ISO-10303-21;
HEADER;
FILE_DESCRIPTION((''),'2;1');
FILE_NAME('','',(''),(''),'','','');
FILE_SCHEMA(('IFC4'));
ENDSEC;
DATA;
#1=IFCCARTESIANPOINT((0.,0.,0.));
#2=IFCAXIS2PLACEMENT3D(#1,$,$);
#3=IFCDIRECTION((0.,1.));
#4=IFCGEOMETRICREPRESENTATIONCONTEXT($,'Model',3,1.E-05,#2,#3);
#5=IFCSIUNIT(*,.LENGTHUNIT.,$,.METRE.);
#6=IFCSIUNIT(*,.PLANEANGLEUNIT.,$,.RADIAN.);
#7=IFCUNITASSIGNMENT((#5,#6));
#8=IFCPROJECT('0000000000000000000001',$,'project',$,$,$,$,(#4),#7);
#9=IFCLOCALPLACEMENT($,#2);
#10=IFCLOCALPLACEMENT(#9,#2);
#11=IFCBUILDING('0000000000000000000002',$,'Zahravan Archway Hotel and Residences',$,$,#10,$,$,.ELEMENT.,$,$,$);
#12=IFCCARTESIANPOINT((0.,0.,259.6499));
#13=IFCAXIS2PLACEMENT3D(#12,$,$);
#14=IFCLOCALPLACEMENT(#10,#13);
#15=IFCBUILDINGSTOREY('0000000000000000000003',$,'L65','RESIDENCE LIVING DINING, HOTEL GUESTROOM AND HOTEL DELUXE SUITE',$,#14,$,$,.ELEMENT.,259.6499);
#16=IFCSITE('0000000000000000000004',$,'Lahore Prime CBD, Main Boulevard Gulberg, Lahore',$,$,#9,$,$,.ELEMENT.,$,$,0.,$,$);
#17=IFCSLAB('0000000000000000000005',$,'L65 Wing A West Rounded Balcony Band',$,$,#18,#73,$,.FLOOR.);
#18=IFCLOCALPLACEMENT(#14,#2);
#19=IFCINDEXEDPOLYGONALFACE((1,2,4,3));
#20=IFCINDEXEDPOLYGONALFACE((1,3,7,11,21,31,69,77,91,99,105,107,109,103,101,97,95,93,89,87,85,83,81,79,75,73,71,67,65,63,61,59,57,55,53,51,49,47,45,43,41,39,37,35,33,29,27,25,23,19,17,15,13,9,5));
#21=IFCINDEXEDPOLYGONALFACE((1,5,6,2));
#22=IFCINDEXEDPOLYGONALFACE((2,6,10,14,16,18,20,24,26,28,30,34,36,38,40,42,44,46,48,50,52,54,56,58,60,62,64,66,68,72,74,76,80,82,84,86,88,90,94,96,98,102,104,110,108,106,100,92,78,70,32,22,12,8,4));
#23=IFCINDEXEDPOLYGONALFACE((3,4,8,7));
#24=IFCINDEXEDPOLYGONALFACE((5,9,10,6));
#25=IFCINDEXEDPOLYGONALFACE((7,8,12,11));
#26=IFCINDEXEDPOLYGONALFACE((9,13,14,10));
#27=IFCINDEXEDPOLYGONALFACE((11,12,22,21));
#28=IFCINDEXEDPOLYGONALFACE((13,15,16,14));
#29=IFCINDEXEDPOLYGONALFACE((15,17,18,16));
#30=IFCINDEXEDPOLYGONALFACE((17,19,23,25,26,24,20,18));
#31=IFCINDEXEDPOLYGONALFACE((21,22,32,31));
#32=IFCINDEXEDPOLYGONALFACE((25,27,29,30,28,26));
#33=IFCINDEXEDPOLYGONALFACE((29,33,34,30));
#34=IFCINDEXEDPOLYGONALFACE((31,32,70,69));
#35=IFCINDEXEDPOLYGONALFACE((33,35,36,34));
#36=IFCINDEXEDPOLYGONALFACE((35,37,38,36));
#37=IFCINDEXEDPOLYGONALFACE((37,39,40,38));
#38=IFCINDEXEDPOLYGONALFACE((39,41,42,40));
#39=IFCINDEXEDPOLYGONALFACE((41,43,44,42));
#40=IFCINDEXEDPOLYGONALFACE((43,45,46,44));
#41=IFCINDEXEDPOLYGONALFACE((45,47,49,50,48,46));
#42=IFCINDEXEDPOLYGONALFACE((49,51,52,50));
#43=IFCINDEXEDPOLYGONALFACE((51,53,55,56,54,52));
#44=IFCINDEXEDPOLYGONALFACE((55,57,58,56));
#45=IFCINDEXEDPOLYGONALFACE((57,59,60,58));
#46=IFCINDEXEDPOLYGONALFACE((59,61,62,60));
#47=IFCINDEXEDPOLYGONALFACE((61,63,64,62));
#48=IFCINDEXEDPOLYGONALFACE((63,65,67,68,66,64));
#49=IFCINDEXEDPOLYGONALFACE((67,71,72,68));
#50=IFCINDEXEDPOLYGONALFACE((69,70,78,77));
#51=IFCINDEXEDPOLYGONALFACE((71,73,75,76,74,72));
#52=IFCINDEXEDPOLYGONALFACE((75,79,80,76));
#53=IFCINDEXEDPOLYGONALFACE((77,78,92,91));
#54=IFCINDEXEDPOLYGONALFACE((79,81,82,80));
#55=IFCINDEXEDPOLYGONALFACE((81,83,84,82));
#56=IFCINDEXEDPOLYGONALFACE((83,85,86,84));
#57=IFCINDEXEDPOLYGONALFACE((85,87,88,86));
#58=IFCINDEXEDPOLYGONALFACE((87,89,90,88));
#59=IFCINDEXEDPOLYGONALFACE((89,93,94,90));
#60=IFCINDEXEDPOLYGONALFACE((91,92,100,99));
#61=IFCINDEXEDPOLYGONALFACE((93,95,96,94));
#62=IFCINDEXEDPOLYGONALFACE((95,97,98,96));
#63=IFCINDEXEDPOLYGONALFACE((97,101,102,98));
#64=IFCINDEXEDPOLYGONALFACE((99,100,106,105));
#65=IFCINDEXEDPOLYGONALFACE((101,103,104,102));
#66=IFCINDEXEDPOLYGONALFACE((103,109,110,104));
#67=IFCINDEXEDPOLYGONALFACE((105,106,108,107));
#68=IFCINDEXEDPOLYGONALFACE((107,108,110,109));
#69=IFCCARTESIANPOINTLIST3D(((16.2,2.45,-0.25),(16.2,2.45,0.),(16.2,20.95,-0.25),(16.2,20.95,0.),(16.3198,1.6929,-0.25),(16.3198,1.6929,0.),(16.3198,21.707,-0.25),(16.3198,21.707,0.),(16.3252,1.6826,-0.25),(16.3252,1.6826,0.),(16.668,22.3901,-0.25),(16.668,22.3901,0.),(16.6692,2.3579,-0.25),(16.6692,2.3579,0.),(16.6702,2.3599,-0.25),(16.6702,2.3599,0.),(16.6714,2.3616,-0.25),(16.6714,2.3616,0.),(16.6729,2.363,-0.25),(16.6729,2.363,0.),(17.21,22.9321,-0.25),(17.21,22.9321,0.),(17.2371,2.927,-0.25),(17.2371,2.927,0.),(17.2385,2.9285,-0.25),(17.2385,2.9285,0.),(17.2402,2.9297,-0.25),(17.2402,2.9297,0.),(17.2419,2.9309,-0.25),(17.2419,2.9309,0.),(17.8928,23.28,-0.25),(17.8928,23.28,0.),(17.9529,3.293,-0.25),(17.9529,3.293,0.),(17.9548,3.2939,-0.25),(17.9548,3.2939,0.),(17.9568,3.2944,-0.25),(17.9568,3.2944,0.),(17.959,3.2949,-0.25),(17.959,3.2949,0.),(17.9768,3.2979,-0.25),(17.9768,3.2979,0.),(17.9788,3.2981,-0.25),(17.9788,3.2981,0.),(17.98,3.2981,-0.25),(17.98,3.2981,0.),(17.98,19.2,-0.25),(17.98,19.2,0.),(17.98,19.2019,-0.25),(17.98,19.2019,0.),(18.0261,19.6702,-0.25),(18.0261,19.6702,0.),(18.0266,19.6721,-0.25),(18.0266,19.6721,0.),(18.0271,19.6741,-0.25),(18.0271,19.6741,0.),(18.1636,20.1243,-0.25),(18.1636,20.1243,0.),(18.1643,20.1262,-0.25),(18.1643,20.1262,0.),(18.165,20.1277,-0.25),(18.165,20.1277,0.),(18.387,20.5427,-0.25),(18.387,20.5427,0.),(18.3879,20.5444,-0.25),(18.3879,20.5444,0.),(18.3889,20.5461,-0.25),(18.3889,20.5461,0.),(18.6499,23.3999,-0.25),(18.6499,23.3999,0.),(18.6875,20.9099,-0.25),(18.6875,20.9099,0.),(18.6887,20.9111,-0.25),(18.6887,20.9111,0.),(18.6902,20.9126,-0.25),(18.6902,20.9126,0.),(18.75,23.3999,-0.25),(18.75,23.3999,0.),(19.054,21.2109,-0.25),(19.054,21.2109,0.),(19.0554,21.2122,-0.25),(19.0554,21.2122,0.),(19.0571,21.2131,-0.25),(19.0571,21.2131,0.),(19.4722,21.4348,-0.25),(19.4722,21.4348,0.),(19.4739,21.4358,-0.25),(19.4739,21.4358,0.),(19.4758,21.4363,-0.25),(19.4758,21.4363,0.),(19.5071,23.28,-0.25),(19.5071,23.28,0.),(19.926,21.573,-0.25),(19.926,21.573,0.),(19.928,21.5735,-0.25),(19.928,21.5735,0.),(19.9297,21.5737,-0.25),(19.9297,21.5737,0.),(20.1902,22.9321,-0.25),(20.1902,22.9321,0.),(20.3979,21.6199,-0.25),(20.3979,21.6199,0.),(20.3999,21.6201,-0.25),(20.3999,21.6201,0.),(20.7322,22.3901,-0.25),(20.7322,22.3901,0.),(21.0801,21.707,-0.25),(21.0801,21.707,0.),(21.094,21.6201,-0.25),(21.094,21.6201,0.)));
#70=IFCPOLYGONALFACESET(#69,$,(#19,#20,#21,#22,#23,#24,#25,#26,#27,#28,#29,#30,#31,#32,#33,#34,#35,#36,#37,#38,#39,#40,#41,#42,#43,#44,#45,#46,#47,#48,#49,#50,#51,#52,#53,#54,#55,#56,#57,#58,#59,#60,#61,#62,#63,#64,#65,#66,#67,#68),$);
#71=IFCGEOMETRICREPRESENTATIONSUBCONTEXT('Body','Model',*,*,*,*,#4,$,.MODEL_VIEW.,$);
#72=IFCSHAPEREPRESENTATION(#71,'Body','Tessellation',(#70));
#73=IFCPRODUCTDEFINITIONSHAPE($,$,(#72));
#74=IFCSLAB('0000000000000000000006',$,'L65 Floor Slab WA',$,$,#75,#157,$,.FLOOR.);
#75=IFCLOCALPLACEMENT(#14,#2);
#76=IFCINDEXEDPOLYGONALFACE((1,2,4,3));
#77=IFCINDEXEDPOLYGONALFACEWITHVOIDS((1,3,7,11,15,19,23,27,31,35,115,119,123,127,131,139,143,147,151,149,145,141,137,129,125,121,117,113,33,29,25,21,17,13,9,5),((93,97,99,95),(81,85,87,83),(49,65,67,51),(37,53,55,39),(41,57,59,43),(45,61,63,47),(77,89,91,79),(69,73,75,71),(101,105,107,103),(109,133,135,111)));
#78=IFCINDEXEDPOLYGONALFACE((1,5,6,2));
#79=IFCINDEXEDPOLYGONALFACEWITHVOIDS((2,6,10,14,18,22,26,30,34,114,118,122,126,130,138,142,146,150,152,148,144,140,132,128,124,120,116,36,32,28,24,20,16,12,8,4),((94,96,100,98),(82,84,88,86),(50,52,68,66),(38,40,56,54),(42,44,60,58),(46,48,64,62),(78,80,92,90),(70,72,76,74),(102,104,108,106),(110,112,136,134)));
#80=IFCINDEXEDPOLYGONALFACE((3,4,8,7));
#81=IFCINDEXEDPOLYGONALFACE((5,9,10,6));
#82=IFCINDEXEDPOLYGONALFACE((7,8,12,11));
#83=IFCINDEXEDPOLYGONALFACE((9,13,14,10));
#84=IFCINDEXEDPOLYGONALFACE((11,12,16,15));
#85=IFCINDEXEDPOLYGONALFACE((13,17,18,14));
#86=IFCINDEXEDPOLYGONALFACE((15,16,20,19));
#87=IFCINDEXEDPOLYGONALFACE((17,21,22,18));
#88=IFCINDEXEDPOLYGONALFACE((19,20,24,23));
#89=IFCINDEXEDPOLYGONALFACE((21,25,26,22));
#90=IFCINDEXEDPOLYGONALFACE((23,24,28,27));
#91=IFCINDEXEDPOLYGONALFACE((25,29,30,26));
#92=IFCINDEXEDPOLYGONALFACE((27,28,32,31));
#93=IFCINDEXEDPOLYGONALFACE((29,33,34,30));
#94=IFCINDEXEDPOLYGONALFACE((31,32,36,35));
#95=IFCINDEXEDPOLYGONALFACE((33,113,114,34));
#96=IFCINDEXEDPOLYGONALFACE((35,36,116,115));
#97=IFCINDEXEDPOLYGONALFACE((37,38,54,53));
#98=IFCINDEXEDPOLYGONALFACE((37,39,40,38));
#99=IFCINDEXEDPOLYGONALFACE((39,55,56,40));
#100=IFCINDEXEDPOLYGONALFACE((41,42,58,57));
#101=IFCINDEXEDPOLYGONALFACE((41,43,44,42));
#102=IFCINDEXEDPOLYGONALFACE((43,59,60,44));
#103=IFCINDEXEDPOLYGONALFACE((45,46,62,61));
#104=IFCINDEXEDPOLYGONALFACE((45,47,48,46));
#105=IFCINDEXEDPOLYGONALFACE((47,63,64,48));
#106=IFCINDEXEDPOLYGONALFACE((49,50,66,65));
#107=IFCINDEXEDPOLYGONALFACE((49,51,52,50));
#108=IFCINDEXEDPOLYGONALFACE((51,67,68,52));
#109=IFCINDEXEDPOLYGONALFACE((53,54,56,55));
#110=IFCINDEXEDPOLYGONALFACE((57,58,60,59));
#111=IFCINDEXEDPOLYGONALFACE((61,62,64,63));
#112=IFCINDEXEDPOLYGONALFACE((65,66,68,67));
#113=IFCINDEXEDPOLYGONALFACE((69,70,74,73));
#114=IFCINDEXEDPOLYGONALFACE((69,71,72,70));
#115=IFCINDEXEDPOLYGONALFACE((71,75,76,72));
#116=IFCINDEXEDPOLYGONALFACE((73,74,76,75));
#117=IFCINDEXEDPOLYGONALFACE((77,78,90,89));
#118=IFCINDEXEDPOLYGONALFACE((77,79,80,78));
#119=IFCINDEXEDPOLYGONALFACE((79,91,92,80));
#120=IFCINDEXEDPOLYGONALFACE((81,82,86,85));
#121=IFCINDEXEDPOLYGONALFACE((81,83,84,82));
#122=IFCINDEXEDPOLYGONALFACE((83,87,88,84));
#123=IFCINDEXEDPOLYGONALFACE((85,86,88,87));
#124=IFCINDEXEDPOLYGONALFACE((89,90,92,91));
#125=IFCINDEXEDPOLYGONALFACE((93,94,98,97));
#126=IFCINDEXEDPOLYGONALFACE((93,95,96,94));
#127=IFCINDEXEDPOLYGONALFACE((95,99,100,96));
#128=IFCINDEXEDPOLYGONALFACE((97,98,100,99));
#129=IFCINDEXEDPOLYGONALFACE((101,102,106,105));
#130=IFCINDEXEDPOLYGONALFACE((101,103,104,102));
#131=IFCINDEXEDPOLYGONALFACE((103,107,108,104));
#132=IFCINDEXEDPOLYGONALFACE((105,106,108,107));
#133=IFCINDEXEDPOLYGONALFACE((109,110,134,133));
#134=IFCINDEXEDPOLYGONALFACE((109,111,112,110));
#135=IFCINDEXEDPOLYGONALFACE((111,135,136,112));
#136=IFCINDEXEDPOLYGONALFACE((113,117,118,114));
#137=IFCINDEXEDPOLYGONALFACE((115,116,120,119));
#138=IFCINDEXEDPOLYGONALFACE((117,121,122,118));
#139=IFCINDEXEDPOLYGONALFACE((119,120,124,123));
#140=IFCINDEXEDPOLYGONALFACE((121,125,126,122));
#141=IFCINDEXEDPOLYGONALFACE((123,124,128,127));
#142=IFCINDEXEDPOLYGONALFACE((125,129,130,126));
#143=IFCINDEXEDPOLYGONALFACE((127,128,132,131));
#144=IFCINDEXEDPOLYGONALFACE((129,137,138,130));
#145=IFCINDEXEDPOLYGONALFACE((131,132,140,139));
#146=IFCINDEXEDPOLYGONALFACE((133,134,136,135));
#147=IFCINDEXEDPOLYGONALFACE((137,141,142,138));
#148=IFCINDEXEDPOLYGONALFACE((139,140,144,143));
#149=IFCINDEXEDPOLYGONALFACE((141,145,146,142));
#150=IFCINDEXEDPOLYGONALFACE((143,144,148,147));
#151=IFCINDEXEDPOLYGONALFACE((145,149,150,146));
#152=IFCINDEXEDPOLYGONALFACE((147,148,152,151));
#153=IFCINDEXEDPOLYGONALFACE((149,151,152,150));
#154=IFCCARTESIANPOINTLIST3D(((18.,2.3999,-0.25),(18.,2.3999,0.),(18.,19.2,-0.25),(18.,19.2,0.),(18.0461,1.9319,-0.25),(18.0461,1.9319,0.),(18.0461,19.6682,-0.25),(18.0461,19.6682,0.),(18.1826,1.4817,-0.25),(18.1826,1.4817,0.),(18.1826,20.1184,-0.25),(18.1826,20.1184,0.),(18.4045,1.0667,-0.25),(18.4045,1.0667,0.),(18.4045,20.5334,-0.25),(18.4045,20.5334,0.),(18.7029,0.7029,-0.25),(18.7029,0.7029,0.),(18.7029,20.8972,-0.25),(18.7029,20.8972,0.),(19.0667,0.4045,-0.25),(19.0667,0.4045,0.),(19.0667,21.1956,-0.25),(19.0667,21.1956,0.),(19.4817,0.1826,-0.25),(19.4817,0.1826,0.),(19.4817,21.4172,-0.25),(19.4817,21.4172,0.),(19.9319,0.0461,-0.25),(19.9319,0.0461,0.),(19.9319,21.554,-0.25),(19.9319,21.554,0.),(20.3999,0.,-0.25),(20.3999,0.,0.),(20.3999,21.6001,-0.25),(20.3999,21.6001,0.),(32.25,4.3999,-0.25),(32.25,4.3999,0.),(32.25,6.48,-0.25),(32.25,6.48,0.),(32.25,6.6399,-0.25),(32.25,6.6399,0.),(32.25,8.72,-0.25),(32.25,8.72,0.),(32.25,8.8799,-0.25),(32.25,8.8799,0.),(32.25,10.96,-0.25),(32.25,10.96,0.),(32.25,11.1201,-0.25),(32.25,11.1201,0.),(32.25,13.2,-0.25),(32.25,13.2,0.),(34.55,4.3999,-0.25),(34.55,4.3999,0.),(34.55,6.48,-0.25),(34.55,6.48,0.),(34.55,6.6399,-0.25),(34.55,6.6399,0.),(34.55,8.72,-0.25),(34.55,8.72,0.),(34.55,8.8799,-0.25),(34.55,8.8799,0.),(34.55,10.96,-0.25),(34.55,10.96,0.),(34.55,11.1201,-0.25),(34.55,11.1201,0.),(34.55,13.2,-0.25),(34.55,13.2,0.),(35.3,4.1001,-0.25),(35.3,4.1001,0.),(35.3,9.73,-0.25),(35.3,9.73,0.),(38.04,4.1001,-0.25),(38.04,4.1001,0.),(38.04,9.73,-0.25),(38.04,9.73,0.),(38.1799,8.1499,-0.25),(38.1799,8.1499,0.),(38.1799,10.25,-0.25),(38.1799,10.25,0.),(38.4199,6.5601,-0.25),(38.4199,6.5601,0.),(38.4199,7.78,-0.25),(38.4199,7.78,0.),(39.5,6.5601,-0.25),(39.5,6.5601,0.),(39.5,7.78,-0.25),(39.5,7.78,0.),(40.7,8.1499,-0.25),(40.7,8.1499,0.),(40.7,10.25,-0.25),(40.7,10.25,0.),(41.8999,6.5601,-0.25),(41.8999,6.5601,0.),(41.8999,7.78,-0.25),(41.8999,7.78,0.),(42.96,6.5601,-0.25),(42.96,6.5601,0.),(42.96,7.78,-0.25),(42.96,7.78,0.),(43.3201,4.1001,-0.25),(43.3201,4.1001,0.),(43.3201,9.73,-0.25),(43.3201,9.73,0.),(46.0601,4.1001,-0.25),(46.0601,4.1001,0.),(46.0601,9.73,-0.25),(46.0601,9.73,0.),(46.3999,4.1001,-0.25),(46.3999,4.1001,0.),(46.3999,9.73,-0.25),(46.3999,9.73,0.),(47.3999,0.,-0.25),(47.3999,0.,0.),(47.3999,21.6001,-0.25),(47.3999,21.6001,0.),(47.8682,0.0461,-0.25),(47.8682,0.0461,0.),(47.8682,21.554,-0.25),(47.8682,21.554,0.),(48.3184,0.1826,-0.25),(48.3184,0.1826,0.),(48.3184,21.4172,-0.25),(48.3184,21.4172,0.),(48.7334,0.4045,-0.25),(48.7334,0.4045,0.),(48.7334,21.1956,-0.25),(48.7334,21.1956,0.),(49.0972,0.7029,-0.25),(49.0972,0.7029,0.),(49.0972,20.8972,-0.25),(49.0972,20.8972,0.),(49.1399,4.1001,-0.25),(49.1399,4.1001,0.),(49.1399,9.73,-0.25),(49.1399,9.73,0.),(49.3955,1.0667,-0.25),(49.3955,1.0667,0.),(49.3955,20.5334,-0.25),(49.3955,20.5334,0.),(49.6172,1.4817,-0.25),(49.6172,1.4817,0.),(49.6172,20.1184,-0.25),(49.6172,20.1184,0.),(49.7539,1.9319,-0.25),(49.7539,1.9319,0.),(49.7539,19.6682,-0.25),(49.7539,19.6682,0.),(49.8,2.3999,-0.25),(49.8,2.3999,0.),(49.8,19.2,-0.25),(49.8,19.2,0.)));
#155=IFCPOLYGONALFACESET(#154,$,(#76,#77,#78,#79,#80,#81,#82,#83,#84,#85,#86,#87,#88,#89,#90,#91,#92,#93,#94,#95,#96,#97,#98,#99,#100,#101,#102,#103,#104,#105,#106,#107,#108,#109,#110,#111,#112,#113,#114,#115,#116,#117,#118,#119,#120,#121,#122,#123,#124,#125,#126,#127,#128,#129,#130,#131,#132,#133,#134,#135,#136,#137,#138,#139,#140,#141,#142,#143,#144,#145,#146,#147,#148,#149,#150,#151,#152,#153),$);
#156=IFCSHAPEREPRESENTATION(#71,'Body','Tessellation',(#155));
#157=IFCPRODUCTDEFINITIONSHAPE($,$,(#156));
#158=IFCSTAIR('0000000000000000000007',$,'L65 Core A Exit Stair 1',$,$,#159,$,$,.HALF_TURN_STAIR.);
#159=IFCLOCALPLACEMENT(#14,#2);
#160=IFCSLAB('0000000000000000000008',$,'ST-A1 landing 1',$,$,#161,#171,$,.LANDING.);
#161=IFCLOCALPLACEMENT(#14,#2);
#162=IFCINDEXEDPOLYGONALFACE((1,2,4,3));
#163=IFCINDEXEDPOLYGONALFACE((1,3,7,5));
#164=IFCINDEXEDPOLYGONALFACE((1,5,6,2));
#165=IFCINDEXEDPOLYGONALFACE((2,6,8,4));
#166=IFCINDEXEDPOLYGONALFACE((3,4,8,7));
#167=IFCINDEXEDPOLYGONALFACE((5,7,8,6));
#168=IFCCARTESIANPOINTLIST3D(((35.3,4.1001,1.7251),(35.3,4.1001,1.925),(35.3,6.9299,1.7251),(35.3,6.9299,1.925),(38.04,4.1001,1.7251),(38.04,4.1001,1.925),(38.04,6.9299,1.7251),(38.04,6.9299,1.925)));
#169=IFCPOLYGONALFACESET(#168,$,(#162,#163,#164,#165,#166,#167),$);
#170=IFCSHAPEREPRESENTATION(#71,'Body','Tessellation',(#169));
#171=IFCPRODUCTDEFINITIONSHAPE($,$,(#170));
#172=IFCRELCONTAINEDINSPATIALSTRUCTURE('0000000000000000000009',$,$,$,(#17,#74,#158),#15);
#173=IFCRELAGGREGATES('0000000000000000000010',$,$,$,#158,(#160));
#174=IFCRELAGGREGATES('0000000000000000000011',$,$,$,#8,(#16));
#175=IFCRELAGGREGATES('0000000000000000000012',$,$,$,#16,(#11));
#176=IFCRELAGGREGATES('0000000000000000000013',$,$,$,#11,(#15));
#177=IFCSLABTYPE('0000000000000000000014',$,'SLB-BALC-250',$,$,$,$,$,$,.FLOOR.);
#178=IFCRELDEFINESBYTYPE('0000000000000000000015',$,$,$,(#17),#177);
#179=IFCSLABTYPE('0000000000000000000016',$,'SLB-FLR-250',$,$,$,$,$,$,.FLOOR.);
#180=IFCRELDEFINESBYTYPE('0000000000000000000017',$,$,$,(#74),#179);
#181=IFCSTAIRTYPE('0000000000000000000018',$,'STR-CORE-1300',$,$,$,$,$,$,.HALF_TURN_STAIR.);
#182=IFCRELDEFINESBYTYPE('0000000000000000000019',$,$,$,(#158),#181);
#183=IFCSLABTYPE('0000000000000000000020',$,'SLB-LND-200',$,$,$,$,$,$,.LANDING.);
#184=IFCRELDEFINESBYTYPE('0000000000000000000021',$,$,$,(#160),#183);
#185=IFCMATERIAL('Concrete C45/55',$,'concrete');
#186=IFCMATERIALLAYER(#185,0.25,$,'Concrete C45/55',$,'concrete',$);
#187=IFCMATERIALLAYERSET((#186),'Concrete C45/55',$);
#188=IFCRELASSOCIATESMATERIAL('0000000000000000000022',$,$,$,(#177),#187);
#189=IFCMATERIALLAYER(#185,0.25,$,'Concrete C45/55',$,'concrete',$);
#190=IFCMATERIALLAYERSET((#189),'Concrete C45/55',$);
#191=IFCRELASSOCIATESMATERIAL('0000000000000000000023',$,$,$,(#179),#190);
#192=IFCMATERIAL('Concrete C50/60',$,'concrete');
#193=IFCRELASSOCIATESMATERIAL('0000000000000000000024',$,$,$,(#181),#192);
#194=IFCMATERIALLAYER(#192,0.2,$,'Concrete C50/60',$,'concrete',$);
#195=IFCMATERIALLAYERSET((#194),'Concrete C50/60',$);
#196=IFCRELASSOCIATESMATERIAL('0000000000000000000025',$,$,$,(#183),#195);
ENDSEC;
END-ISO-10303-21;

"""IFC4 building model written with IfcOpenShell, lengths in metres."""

from ifc_helpers import new_model, si_unit, direction, frame, origin, place, context, subcontext, project, spatial, polyline, outline, extrude, material, layer, layer_set, type_object, element, aggregate, save


model = new_model("IFC4")

# Units and contexts
model_context = context("Model", 3, precision=1e-05, world=origin(), true_north=direction((0.0, 1.0)))
body_context = subcontext(model_context, "Body", "Model", "MODEL_VIEW")
ifc_project = project(units=[si_unit("LENGTHUNIT", "METRE"), si_unit("PLANEANGLEUNIT", "RADIAN")], contexts=[model_context])

# Site, building, storey
site_placement = place(None, origin())
site = spatial("IfcSite", under=ifc_project, at=site_placement, Name="Lahore Prime CBD, Main Boulevard Gulberg, Lahore", CompositionType="ELEMENT", RefElevation=0.0)
building_placement = place(site_placement, origin())
building = spatial("IfcBuilding", under=site, at=building_placement, Name="Zahravan Archway Hotel and Residences", CompositionType="ELEMENT")
storey_placement = place(building_placement, frame((0.0, 0.0, 259.6499)))
storey = spatial("IfcBuildingStorey", under=building, at=storey_placement, Name="L65", Description="RESIDENCE LIVING DINING, HOTEL GUESTROOM AND HOTEL DELUXE SUITE", CompositionType="ELEMENT", Elevation=259.6499)

# Slabs
ifc_material_1 = material(Name="Concrete C45/55", Category="concrete")
ifc_layer_1 = layer(ifc_material_1, 0.25, Name="Concrete C45/55", Category="concrete")
ifc_layer_set_1 = layer_set([ifc_layer_1], Name="Concrete C45/55")
slab_type_1 = type_object("IfcSlabType", Name="SLB-BALC-250", PredefinedType="FLOOR", material=ifc_layer_set_1)
slab_1_placement = place(storey_placement, frame((0.0, 0.0, -0.25)))
element("IfcSlab", 1, at=slab_1_placement, inside=storey, type_object=slab_type_1, Name="L65 Wing A West Rounded Balcony Band", PredefinedType="FLOOR", context=body_context, shape_type="SweptSolid", body=[
    extrude(outline(polyline([(16.3198, 1.6929), (16.2, 2.45), (16.2, 20.95), (16.3198, 21.707), (16.668, 22.3901), (17.21, 22.9321), (17.8928, 23.28), (18.6499, 23.3999), (18.75, 23.3999), (19.5071, 23.28), (20.1902, 22.9321), (20.7322, 22.3901), (21.0801, 21.707), (21.094, 21.6201), (20.3999, 21.6201), (20.3979, 21.6199), (19.9297, 21.5737), (19.928, 21.5735), (19.926, 21.573), (19.4758, 21.4363), (19.4739, 21.4358), (19.4722, 21.4348), (19.0571, 21.2131), (19.0554, 21.2122), (19.054, 21.2109), (18.6902, 20.9126), (18.6887, 20.9111), (18.6875, 20.9099), (18.3889, 20.5461), (18.3879, 20.5444), (18.387, 20.5427), (18.165, 20.1277), (18.1643, 20.1262), (18.1636, 20.1243), (18.0271, 19.6741), (18.0266, 19.6721), (18.0261, 19.6702), (17.98, 19.2019), (17.98, 19.2), (17.98, 3.2981), (17.9788, 3.2981), (17.9768, 3.2979), (17.959, 3.2949), (17.9568, 3.2944), (17.9548, 3.2939), (17.9529, 3.293), (17.2419, 2.9309), (17.2402, 2.9297), (17.2385, 2.9285), (17.2371, 2.927), (16.6729, 2.363), (16.6714, 2.3616), (16.6702, 2.3599), (16.6692, 2.3579), (16.3252, 1.6826), (16.3198, 1.6929)])), origin(), (0.0, 0.0, 1.0), 0.25),
])
ifc_layer_2 = layer(ifc_material_1, 0.25, Name="Concrete C45/55", Category="concrete")
ifc_layer_set_2 = layer_set([ifc_layer_2], Name="Concrete C45/55")
slab_type_2 = type_object("IfcSlabType", Name="SLB-FLR-250", PredefinedType="FLOOR", material=ifc_layer_set_2)
slab_2_placement = place(storey_placement, frame((0.0, 0.0, -0.25)))
element("IfcSlab", 2, at=slab_2_placement, inside=storey, type_object=slab_type_2, Name="L65 Floor Slab WA", PredefinedType="FLOOR", context=body_context, shape_type="SweptSolid", body=[
    extrude(outline(polyline([(47.3999, 0.0), (47.8682, 0.0461), (48.3184, 0.1826), (48.7334, 0.4045), (49.0972, 0.7029), (49.3955, 1.0667), (49.6172, 1.4817), (49.7539, 1.9319), (49.8, 2.3999), (49.8, 19.2), (49.7539, 19.6682), (49.6172, 20.1184), (49.3955, 20.5334), (49.0972, 20.8972), (48.7334, 21.1956), (48.3184, 21.4172), (47.8682, 21.554), (47.3999, 21.6001), (20.3999, 21.6001), (19.9319, 21.554), (19.4817, 21.4172), (19.0667, 21.1956), (18.7029, 20.8972), (18.4045, 20.5334), (18.1826, 20.1184), (18.0461, 19.6682), (18.0, 19.2), (18.0, 2.3999), (18.0461, 1.9319), (18.1826, 1.4817), (18.4045, 1.0667), (18.7029, 0.7029), (19.0667, 0.4045), (19.4817, 0.1826), (19.9319, 0.0461), (20.3999, 0.0), (47.3999, 0.0)]), holes=[polyline([(35.3, 9.73), (35.3, 4.1001), (38.04, 4.1001), (38.04, 9.73), (35.3, 9.73)]), polyline([(43.3201, 9.73), (43.3201, 4.1001), (46.0601, 4.1001), (46.0601, 9.73), (43.3201, 9.73)]), polyline([(46.3999, 9.73), (46.3999, 4.1001), (49.1399, 4.1001), (49.1399, 9.73), (46.3999, 9.73)]), polyline([(38.1799, 8.1499), (40.7, 8.1499), (40.7, 10.25), (38.1799, 10.25), (38.1799, 8.1499)]), polyline([(32.25, 4.3999), (34.55, 4.3999), (34.55, 6.48), (32.25, 6.48), (32.25, 4.3999)]), polyline([(32.25, 6.6399), (34.55, 6.6399), (34.55, 8.72), (32.25, 8.72), (32.25, 6.6399)]), polyline([(32.25, 8.8799), (34.55, 8.8799), (34.55, 10.96), (32.25, 10.96), (32.25, 8.8799)]), polyline([(32.25, 11.1201), (34.55, 11.1201), (34.55, 13.2), (32.25, 13.2), (32.25, 11.1201)]), polyline([(38.4199, 6.5601), (39.5, 6.5601), (39.5, 7.78), (38.4199, 7.78), (38.4199, 6.5601)]), polyline([(41.8999, 6.5601), (42.96, 6.5601), (42.96, 7.78), (41.8999, 7.78), (41.8999, 6.5601)])]), origin(), (0.0, 0.0, 1.0), 0.25),
])

# Stair, slab
ifc_material_2 = material(Name="Concrete C50/60", Category="concrete")
stair_type = type_object("IfcStairType", Name="STR-CORE-1300", PredefinedType="HALF_TURN_STAIR", material=ifc_material_2)
stair_1_placement = place(storey_placement, origin())
stair_1 = element("IfcStair", 3, at=stair_1_placement, inside=storey, type_object=stair_type, Name="L65 Core A Exit Stair 1", PredefinedType="HALF_TURN_STAIR")
ifc_layer_3 = layer(ifc_material_2, 0.2, Name="Concrete C50/60", Category="concrete")
ifc_layer_set_3 = layer_set([ifc_layer_3], Name="Concrete C50/60")
slab_type_3 = type_object("IfcSlabType", Name="SLB-LND-200", PredefinedType="LANDING", material=ifc_layer_set_3)
slab_3_placement = place(storey_placement, frame((0.0, 0.0, 1.7251)))
slab_3 = element("IfcSlab", 4, at=slab_3_placement, type_object=slab_type_3, Name="ST-A1 landing 1", PredefinedType="LANDING", context=body_context, shape_type="SweptSolid", body=[
    extrude(outline(polyline([(35.3, 6.9299), (35.3, 4.1001), (38.04, 4.1001), (38.04, 6.9299), (35.3, 6.9299)])), origin(), (0.0, 0.0, 1.0), 0.2),
])
aggregate(stair_1, [slab_3])

save(model, "model.ifc")
